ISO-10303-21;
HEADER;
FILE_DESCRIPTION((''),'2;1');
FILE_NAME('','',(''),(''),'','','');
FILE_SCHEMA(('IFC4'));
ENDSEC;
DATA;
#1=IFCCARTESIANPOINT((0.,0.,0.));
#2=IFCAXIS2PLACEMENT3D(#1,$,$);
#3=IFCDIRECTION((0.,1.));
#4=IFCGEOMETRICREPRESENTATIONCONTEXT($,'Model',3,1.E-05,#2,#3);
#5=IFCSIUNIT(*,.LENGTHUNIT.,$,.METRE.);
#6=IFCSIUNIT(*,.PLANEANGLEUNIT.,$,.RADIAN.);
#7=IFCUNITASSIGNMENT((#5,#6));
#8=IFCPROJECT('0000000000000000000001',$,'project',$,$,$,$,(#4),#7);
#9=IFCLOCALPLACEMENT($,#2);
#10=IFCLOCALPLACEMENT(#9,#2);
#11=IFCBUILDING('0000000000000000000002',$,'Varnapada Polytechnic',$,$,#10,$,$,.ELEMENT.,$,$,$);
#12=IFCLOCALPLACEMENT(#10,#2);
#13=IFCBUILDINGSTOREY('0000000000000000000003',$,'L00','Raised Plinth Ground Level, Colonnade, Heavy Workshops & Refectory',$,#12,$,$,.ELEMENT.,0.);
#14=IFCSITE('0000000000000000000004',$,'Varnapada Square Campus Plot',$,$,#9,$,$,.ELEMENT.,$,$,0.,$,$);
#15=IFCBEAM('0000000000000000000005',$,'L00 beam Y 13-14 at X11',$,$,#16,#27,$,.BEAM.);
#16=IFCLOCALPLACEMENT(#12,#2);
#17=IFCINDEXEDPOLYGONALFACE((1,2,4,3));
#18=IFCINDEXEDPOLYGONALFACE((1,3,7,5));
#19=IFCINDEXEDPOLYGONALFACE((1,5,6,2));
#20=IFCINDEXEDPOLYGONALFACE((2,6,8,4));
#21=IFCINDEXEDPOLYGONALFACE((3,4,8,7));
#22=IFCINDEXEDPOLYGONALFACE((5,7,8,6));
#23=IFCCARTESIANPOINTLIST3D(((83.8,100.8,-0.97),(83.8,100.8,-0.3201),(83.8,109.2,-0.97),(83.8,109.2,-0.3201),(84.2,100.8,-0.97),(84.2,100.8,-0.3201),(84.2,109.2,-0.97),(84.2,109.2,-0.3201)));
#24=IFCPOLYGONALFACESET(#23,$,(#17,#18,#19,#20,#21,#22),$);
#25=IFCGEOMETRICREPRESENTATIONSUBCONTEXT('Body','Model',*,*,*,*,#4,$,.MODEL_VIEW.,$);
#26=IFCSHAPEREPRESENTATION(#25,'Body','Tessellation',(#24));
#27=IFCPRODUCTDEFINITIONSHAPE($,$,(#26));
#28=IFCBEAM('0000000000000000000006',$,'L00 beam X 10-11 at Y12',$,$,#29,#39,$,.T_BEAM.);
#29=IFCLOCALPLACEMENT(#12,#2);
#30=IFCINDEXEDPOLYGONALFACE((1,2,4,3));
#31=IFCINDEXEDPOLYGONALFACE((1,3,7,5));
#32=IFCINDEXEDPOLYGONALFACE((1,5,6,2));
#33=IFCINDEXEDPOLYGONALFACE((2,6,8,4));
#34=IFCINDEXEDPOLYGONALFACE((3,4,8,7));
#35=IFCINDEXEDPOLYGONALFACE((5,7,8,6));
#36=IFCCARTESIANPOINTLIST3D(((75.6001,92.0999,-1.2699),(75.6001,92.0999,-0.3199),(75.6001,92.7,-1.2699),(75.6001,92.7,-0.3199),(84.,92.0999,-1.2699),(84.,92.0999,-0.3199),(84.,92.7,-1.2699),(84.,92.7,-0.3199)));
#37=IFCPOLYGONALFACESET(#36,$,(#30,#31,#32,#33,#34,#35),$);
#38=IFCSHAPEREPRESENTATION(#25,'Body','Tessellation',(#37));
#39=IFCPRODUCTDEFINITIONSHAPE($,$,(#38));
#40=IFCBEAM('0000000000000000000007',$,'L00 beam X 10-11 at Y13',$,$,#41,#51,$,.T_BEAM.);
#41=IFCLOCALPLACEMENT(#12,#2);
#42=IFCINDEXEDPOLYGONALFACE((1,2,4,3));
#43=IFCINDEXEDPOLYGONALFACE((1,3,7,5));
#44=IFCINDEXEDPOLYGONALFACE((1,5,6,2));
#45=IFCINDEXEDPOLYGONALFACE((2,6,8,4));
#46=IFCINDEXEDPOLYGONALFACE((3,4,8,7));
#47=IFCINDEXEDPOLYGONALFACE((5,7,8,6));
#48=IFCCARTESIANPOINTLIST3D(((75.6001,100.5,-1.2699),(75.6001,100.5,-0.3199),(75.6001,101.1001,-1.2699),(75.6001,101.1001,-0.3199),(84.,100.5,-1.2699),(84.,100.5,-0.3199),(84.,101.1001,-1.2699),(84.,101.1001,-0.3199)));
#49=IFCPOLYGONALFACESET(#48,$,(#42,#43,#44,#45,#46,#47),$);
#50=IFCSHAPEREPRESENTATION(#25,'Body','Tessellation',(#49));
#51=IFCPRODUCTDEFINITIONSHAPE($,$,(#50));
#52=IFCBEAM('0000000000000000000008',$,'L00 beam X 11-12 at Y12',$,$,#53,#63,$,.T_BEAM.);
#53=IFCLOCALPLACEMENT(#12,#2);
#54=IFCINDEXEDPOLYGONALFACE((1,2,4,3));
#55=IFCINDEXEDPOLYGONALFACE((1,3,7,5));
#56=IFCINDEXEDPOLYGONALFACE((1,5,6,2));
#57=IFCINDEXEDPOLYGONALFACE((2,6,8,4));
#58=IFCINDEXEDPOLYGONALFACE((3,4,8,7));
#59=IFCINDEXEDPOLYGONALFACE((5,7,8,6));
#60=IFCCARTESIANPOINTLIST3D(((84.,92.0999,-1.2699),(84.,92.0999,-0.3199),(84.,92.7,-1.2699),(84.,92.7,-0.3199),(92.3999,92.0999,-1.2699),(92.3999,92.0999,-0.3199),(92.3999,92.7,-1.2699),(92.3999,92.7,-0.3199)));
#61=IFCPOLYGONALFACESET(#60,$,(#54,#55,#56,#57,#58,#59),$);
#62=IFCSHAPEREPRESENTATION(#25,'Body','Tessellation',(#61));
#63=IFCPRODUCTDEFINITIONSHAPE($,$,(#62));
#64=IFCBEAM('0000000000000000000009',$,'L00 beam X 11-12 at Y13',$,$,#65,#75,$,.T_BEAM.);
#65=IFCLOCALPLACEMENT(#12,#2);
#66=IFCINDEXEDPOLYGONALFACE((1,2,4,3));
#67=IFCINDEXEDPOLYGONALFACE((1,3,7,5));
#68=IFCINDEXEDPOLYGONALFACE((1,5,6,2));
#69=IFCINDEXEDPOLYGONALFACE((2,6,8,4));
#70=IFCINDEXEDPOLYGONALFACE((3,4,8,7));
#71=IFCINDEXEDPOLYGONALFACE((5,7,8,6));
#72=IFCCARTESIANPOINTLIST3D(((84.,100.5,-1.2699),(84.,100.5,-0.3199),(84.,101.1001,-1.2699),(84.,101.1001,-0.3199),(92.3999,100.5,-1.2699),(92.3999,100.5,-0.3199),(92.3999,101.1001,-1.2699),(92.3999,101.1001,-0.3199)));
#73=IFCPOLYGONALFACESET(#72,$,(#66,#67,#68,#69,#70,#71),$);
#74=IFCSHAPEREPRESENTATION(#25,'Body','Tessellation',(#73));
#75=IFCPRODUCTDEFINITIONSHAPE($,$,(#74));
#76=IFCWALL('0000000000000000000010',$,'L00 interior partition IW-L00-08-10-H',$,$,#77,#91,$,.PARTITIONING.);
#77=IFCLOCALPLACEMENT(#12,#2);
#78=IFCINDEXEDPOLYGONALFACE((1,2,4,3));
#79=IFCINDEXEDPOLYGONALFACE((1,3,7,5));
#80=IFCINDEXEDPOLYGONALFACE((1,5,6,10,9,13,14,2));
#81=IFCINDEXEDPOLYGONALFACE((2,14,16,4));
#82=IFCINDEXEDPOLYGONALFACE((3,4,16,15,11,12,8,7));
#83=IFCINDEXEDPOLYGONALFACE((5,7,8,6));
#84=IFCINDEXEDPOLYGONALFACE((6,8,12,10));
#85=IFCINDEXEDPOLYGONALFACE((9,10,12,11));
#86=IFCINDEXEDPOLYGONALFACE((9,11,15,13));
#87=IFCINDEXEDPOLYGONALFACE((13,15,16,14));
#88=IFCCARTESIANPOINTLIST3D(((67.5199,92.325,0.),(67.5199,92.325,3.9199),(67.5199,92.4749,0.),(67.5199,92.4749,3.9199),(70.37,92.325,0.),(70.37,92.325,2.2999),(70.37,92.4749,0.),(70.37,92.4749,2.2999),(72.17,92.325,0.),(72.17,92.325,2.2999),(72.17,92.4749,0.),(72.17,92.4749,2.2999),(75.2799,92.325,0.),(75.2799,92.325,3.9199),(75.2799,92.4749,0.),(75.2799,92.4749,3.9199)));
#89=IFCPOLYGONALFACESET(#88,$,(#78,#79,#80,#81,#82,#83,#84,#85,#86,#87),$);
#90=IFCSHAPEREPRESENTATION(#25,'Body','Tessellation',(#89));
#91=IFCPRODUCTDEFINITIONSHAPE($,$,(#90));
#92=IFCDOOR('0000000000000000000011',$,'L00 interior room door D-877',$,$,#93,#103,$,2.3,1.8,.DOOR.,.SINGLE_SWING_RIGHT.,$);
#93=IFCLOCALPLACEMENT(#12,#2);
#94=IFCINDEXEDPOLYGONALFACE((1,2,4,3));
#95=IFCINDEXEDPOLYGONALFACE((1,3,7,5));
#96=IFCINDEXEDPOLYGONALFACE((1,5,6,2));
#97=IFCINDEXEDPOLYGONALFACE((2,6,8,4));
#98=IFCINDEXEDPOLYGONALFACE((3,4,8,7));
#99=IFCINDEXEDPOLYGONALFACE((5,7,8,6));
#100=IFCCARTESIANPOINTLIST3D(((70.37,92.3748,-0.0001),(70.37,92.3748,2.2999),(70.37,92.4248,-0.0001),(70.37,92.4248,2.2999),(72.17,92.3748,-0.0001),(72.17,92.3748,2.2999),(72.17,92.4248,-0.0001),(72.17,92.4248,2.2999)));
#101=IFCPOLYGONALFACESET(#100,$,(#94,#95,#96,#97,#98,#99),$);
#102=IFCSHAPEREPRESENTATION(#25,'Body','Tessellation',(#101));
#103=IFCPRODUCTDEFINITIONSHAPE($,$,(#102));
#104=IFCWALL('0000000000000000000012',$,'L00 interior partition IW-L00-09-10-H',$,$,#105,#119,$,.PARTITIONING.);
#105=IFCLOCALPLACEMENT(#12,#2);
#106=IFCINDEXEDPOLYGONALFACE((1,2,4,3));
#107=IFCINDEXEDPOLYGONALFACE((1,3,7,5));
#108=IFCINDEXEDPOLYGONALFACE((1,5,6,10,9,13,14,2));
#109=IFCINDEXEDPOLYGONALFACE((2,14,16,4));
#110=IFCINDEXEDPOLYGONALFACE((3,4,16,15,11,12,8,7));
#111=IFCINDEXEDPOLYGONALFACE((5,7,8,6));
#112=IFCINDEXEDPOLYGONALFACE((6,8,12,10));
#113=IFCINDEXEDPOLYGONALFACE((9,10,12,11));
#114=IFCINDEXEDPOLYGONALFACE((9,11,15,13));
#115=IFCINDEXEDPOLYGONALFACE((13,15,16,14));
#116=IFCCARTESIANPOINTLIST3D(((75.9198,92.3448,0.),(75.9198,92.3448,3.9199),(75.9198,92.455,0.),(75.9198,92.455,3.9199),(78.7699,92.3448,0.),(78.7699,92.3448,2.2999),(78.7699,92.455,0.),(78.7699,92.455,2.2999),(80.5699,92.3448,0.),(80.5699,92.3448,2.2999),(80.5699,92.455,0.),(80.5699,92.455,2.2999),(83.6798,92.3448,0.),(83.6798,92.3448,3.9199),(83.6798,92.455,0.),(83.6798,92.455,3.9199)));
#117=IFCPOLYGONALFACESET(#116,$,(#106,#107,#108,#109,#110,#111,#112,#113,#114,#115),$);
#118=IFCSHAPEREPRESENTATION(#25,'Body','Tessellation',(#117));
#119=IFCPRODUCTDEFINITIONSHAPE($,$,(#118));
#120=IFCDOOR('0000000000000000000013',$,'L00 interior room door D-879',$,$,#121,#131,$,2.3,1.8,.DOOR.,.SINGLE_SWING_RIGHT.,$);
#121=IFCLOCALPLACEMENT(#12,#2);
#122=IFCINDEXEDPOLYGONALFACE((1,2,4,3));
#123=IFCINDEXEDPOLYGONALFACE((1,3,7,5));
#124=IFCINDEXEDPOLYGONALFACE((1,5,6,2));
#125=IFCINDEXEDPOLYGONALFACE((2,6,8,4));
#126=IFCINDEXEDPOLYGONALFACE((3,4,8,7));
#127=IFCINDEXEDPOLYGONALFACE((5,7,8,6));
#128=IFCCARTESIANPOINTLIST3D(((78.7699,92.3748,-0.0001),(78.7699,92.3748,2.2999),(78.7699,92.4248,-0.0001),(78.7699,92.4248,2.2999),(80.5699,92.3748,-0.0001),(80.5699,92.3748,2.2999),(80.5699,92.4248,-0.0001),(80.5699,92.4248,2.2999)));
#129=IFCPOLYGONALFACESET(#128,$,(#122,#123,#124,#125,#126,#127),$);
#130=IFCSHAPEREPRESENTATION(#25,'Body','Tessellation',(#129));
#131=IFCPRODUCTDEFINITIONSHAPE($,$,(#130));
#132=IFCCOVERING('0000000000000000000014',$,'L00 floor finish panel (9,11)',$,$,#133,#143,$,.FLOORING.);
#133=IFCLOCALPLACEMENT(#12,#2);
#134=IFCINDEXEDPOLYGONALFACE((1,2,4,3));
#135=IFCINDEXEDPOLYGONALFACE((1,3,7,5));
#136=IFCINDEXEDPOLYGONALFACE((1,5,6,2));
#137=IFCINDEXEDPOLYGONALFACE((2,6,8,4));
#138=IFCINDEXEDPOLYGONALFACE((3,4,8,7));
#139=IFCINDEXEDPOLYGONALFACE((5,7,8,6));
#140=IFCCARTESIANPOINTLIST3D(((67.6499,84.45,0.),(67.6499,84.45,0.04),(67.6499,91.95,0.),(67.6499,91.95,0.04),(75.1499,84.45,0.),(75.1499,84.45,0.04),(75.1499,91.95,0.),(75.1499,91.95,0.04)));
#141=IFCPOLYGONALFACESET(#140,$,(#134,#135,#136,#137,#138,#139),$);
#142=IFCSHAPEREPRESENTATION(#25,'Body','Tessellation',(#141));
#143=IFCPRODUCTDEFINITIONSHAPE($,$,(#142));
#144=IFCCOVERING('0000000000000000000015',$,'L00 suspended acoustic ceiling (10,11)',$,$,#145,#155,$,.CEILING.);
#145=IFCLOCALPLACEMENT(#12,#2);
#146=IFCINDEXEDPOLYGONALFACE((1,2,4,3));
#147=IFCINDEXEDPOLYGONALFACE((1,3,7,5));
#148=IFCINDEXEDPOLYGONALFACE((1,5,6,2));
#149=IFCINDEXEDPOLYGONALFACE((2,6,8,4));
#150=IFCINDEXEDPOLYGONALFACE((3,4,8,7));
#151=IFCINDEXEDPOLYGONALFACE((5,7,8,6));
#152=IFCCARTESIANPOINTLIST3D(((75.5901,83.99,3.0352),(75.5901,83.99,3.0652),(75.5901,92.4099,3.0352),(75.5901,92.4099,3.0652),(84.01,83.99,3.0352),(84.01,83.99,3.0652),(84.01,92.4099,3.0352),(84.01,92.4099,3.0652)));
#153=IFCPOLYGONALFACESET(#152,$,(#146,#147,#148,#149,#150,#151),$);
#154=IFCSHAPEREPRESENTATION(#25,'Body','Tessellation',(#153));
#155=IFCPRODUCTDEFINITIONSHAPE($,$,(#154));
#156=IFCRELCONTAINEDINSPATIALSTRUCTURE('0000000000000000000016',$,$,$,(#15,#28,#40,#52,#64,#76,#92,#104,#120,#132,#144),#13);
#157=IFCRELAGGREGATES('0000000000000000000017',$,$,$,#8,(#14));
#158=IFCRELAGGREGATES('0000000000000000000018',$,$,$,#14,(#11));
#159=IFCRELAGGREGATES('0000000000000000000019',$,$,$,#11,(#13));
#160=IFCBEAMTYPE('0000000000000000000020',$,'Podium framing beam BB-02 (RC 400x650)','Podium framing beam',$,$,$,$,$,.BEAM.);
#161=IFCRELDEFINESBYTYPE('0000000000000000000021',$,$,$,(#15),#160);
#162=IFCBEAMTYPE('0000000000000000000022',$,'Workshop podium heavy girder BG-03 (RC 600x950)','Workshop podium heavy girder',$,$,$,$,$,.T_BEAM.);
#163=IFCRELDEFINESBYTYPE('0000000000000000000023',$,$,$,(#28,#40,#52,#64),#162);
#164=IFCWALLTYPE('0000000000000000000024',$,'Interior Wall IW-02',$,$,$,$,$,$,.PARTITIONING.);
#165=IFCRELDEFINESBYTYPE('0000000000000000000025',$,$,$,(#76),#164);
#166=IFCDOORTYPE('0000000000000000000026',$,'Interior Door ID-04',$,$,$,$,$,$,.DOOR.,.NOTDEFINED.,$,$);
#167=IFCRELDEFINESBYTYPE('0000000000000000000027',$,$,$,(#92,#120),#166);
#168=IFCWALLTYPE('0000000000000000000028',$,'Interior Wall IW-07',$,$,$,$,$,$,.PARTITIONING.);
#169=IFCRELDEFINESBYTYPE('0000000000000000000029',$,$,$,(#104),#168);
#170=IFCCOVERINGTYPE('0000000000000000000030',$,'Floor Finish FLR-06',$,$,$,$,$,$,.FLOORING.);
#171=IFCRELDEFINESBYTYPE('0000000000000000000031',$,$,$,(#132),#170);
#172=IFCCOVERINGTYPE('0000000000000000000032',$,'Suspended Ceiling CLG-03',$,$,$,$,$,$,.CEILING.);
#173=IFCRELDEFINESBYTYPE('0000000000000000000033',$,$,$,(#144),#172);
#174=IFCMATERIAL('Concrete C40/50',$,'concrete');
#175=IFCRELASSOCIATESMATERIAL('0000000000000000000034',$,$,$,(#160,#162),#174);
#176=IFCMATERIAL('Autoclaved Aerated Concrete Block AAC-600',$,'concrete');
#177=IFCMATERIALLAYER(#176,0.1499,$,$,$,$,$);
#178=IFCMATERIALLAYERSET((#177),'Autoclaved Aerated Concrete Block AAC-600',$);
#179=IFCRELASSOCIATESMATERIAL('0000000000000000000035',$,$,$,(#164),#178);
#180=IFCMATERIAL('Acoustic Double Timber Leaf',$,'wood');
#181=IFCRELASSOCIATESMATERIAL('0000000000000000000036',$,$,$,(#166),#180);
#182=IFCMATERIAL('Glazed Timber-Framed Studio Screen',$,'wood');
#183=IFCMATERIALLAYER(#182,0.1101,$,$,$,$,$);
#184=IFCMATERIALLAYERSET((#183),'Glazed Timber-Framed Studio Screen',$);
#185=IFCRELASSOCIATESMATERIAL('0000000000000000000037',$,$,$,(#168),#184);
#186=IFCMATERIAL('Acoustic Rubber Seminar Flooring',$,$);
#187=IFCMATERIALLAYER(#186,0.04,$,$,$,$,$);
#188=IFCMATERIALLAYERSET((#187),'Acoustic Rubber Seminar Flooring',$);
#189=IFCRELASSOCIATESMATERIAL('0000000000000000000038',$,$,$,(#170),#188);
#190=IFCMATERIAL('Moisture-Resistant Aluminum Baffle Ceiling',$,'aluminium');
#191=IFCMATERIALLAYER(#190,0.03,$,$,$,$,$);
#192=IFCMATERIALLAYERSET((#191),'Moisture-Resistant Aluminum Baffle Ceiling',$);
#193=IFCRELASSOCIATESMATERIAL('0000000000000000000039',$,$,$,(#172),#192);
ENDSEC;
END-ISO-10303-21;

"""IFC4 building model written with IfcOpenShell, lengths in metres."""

from ifc_helpers import new_model, si_unit, direction, frame, frame_2d, origin, origin_2d, place, context, subcontext, project, spatial, rectangle, extrude, material, layer, layer_set, material_profile, profile_set, type_object, element, fill, save


model = new_model("IFC4")

# Units and contexts
model_context = context("Model", 3, precision=1e-05, world=origin(), true_north=direction((0.0, 1.0)))
body_context = subcontext(model_context, "Body", "Model", "MODEL_VIEW")
ifc_project = project(units=[si_unit("LENGTHUNIT", "METRE"), si_unit("PLANEANGLEUNIT", "RADIAN")], contexts=[model_context])

# Site, building, storey
site_placement = place(None, origin())
site = spatial("IfcSite", under=ifc_project, at=site_placement, Name="Varnapada Square Campus Plot", CompositionType="ELEMENT", RefElevation=0.0)
building_placement = place(site_placement, origin())
building = spatial("IfcBuilding", under=site, at=building_placement, Name="Varnapada Polytechnic", CompositionType="ELEMENT")
storey_placement = place(building_placement, origin())
storey = spatial("IfcBuildingStorey", under=building, at=storey_placement, Name="L00", Description="Raised Plinth Ground Level, Colonnade, Heavy Workshops & Refectory", CompositionType="ELEMENT", Elevation=0.0)

# Shared definitions
ifc_material_1 = material(Name="Concrete C40/50", Category="concrete")

# Beams
ifc_material_profile_1 = material_profile(ifc_material_1, rectangle(XDim=0.3999, YDim=0.6499, at=origin_2d()), Name="RC 400x650")
ifc_profile_set_1 = profile_set([ifc_material_profile_1], Name="Concrete C40/50")
beam_type_1 = type_object("IfcBeamType", Name="Podium framing beam BB-02 (RC 400x650)", Description="Podium framing beam", PredefinedType="BEAM", material=ifc_profile_set_1)
beam_1_placement = place(storey_placement, frame((84.0, 100.8, -0.645), z_axis=(0.0, 1.0, 0.0), x_axis=(-1.0, 0.0, 0.0)))
element("IfcBeam", 1, at=beam_1_placement, inside=storey, type_object=beam_type_1, Name="L00 beam Y 13-14 at X11", PredefinedType="BEAM", context=body_context, shape_type="SweptSolid", body=[
    extrude(rectangle(XDim=0.3999, YDim=0.6499, at=origin_2d()), origin(), (0.0, 0.0, 1.0), 8.3999),
])
ifc_material_profile_2 = material_profile(ifc_material_1, rectangle(XDim=0.6001, YDim=0.95, at=origin_2d()), Name="RC 600x950")
ifc_profile_set_2 = profile_set([ifc_material_profile_2], Name="Concrete C40/50")
beam_type_2 = type_object("IfcBeamType", Name="Workshop podium heavy girder BG-03 (RC 600x950)", Description="Workshop podium heavy girder", PredefinedType="T_BEAM", material=ifc_profile_set_2)
for number, where, z_axis, x_axis, name in (
    (2, (75.6001, 92.3999, -0.7949), (1.0, 0.0, 0.0), (0.0, 1.0, 0.0), "L00 beam X 10-11 at Y12"),
    (3, (75.6001, 100.8, -0.7949), (1.0, 0.0, 0.0), (0.0, 1.0, 0.0), "L00 beam X 10-11 at Y13"),
    (4, (84.0, 92.3999, -0.7949), (1.0, 0.0, 0.0), (0.0, 1.0, 0.0), "L00 beam X 11-12 at Y12"),
    (5, (84.0, 100.8, -0.7949), (1.0, 0.0, 0.0), (0.0, 1.0, 0.0), "L00 beam X 11-12 at Y13"),
):
    element("IfcBeam", number, at=place(storey_placement, frame(where, z_axis=z_axis, x_axis=x_axis)), inside=storey, type_object=beam_type_2, Name=name, PredefinedType="T_BEAM", context=body_context, shape_type="SweptSolid", body=[
        extrude(rectangle(XDim=0.6001, YDim=0.95, at=origin_2d()), origin(), (0.0, 0.0, 1.0), 8.3999),
    ])

# Walls, openings, doors
ifc_material_2 = material(Name="Autoclaved Aerated Concrete Block AAC-600", Category="concrete")
ifc_layer_1 = layer(ifc_material_2, 0.1499)
ifc_layer_set_1 = layer_set([ifc_layer_1], Name="Autoclaved Aerated Concrete Block AAC-600")
wall_type_1 = type_object("IfcWallType", Name="Interior Wall IW-02", PredefinedType="PARTITIONING", material=ifc_layer_set_1)
wall_1_placement = place(storey_placement, frame((67.52, 92.3999, 0.0), z_axis=(0.0, 0.0, 1.0), x_axis=(1.0, 0.0, 0.0)))
wall_1 = element("IfcWall", 6, at=wall_1_placement, inside=storey, type_object=wall_type_1, Name="L00 interior partition IW-L00-08-10-H", PredefinedType="PARTITIONING", context=body_context, shape_type="SweptSolid", body=[
    extrude(rectangle(XDim=7.76, YDim=0.1499, at=frame_2d((3.8799, 0.0))), origin(), (0.0, 0.0, 1.0), 3.9199),
])
opening_1_placement = place(wall_1_placement, frame((2.8501, 0.0, 0.0)))
opening_1 = element("IfcOpeningElement", 7, at=opening_1_placement, cuts=wall_1, PredefinedType="OPENING", context=body_context, shape_type="SweptSolid", body=[
    extrude(rectangle(XDim=1.8, YDim=2.3, at=frame_2d((0.8999, 1.1499))), frame((0.0, 0.085, 0.0), z_axis=(0.0, -1.0, 0.0), x_axis=(1.0, 0.0, 0.0)), (0.0, 0.0, 1.0), 0.1699),
])
ifc_material_3 = material(Name="Acoustic Double Timber Leaf", Category="wood")
door_type = type_object("IfcDoorType", Name="Interior Door ID-04", OperationType="NOTDEFINED", PredefinedType="DOOR", material=ifc_material_3)
door_1_placement = place(opening_1_placement, origin())
door_1 = element("IfcDoor", 8, at=door_1_placement, inside=storey, type_object=door_type, Name="L00 interior room door D-877", OperationType="SINGLE_SWING_RIGHT", OverallHeight=2.3, OverallWidth=1.8, PredefinedType="DOOR", context=body_context, shape_type="SweptSolid", body=[
    extrude(rectangle(XDim=1.8, YDim=2.3, at=frame_2d((0.8999, 1.1499))), frame((0.0, 0.0249, 0.0), z_axis=(0.0, -1.0, 0.0), x_axis=(1.0, 0.0, 0.0)), (0.0, 0.0, 1.0), 0.05),
])
fill(opening_1, door_1)
ifc_material_4 = material(Name="Glazed Timber-Framed Studio Screen", Category="wood")
ifc_layer_2 = layer(ifc_material_4, 0.1101)
ifc_layer_set_2 = layer_set([ifc_layer_2], Name="Glazed Timber-Framed Studio Screen")
wall_type_2 = type_object("IfcWallType", Name="Interior Wall IW-07", PredefinedType="PARTITIONING", material=ifc_layer_set_2)
wall_2_placement = place(storey_placement, frame((75.9199, 92.3999, 0.0), z_axis=(0.0, 0.0, 1.0), x_axis=(1.0, 0.0, 0.0)))
wall_2 = element("IfcWall", 9, at=wall_2_placement, inside=storey, type_object=wall_type_2, Name="L00 interior partition IW-L00-09-10-H", PredefinedType="PARTITIONING", context=body_context, shape_type="SweptSolid", body=[
    extrude(rectangle(XDim=7.76, YDim=0.1101, at=frame_2d((3.8799, 0.0))), origin(), (0.0, 0.0, 1.0), 3.9199),
])
opening_2_placement = place(wall_2_placement, frame((2.8501, 0.0, 0.0)))
opening_2 = element("IfcOpeningElement", 10, at=opening_2_placement, cuts=wall_2, PredefinedType="OPENING", context=body_context, shape_type="SweptSolid", body=[
    extrude(rectangle(XDim=1.8, YDim=2.3, at=frame_2d((0.8999, 1.1499))), frame((0.0, 0.0649, 0.0), z_axis=(0.0, -1.0, 0.0), x_axis=(1.0, 0.0, 0.0)), (0.0, 0.0, 1.0), 0.1301),
])
door_2_placement = place(opening_2_placement, origin())
door_2 = element("IfcDoor", 11, at=door_2_placement, inside=storey, type_object=door_type, Name="L00 interior room door D-879", OperationType="SINGLE_SWING_RIGHT", OverallHeight=2.3, OverallWidth=1.8, PredefinedType="DOOR", context=body_context, shape_type="SweptSolid", body=[
    extrude(rectangle(XDim=1.8, YDim=2.3, at=frame_2d((0.8999, 1.1499))), frame((0.0, 0.0249, 0.0), z_axis=(0.0, -1.0, 0.0), x_axis=(1.0, 0.0, 0.0)), (0.0, 0.0, 1.0), 0.05),
])
fill(opening_2, door_2)

# Coverings
ifc_material_5 = material(Name="Acoustic Rubber Seminar Flooring")
ifc_layer_3 = layer(ifc_material_5, 0.04)
ifc_layer_set_3 = layer_set([ifc_layer_3], Name="Acoustic Rubber Seminar Flooring")
covering_type_1 = type_object("IfcCoveringType", Name="Floor Finish FLR-06", PredefinedType="FLOORING", material=ifc_layer_set_3)
covering_1_placement = place(storey_placement, frame((71.3999, 88.2, 0.0), z_axis=(0.0, 0.0, 1.0), x_axis=(1.0, 0.0, 0.0)))
element("IfcCovering", 12, at=covering_1_placement, inside=storey, type_object=covering_type_1, Name="L00 floor finish panel (9,11)", PredefinedType="FLOORING", context=body_context, shape_type="SweptSolid", body=[
    extrude(rectangle(XDim=7.5, YDim=7.5, at=origin_2d()), origin(), (0.0, 0.0, 1.0), 0.04),
])
ifc_material_6 = material(Name="Moisture-Resistant Aluminum Baffle Ceiling", Category="aluminium")
ifc_layer_4 = layer(ifc_material_6, 0.03)
ifc_layer_set_4 = layer_set([ifc_layer_4], Name="Moisture-Resistant Aluminum Baffle Ceiling")
covering_type_2 = type_object("IfcCoveringType", Name="Suspended Ceiling CLG-03", PredefinedType="CEILING", material=ifc_layer_set_4)
covering_2_placement = place(storey_placement, frame((79.8, 88.2, 3.0352), z_axis=(0.0, 0.0, 1.0), x_axis=(1.0, 0.0, 0.0)))
element("IfcCovering", 13, at=covering_2_placement, inside=storey, type_object=covering_type_2, Name="L00 suspended acoustic ceiling (10,11)", PredefinedType="CEILING", context=body_context, shape_type="SweptSolid", body=[
    extrude(rectangle(XDim=8.4199, YDim=8.4199, at=origin_2d()), origin(), (0.0, 0.0, 1.0), 0.03),
])

save(model, "model.ifc")
